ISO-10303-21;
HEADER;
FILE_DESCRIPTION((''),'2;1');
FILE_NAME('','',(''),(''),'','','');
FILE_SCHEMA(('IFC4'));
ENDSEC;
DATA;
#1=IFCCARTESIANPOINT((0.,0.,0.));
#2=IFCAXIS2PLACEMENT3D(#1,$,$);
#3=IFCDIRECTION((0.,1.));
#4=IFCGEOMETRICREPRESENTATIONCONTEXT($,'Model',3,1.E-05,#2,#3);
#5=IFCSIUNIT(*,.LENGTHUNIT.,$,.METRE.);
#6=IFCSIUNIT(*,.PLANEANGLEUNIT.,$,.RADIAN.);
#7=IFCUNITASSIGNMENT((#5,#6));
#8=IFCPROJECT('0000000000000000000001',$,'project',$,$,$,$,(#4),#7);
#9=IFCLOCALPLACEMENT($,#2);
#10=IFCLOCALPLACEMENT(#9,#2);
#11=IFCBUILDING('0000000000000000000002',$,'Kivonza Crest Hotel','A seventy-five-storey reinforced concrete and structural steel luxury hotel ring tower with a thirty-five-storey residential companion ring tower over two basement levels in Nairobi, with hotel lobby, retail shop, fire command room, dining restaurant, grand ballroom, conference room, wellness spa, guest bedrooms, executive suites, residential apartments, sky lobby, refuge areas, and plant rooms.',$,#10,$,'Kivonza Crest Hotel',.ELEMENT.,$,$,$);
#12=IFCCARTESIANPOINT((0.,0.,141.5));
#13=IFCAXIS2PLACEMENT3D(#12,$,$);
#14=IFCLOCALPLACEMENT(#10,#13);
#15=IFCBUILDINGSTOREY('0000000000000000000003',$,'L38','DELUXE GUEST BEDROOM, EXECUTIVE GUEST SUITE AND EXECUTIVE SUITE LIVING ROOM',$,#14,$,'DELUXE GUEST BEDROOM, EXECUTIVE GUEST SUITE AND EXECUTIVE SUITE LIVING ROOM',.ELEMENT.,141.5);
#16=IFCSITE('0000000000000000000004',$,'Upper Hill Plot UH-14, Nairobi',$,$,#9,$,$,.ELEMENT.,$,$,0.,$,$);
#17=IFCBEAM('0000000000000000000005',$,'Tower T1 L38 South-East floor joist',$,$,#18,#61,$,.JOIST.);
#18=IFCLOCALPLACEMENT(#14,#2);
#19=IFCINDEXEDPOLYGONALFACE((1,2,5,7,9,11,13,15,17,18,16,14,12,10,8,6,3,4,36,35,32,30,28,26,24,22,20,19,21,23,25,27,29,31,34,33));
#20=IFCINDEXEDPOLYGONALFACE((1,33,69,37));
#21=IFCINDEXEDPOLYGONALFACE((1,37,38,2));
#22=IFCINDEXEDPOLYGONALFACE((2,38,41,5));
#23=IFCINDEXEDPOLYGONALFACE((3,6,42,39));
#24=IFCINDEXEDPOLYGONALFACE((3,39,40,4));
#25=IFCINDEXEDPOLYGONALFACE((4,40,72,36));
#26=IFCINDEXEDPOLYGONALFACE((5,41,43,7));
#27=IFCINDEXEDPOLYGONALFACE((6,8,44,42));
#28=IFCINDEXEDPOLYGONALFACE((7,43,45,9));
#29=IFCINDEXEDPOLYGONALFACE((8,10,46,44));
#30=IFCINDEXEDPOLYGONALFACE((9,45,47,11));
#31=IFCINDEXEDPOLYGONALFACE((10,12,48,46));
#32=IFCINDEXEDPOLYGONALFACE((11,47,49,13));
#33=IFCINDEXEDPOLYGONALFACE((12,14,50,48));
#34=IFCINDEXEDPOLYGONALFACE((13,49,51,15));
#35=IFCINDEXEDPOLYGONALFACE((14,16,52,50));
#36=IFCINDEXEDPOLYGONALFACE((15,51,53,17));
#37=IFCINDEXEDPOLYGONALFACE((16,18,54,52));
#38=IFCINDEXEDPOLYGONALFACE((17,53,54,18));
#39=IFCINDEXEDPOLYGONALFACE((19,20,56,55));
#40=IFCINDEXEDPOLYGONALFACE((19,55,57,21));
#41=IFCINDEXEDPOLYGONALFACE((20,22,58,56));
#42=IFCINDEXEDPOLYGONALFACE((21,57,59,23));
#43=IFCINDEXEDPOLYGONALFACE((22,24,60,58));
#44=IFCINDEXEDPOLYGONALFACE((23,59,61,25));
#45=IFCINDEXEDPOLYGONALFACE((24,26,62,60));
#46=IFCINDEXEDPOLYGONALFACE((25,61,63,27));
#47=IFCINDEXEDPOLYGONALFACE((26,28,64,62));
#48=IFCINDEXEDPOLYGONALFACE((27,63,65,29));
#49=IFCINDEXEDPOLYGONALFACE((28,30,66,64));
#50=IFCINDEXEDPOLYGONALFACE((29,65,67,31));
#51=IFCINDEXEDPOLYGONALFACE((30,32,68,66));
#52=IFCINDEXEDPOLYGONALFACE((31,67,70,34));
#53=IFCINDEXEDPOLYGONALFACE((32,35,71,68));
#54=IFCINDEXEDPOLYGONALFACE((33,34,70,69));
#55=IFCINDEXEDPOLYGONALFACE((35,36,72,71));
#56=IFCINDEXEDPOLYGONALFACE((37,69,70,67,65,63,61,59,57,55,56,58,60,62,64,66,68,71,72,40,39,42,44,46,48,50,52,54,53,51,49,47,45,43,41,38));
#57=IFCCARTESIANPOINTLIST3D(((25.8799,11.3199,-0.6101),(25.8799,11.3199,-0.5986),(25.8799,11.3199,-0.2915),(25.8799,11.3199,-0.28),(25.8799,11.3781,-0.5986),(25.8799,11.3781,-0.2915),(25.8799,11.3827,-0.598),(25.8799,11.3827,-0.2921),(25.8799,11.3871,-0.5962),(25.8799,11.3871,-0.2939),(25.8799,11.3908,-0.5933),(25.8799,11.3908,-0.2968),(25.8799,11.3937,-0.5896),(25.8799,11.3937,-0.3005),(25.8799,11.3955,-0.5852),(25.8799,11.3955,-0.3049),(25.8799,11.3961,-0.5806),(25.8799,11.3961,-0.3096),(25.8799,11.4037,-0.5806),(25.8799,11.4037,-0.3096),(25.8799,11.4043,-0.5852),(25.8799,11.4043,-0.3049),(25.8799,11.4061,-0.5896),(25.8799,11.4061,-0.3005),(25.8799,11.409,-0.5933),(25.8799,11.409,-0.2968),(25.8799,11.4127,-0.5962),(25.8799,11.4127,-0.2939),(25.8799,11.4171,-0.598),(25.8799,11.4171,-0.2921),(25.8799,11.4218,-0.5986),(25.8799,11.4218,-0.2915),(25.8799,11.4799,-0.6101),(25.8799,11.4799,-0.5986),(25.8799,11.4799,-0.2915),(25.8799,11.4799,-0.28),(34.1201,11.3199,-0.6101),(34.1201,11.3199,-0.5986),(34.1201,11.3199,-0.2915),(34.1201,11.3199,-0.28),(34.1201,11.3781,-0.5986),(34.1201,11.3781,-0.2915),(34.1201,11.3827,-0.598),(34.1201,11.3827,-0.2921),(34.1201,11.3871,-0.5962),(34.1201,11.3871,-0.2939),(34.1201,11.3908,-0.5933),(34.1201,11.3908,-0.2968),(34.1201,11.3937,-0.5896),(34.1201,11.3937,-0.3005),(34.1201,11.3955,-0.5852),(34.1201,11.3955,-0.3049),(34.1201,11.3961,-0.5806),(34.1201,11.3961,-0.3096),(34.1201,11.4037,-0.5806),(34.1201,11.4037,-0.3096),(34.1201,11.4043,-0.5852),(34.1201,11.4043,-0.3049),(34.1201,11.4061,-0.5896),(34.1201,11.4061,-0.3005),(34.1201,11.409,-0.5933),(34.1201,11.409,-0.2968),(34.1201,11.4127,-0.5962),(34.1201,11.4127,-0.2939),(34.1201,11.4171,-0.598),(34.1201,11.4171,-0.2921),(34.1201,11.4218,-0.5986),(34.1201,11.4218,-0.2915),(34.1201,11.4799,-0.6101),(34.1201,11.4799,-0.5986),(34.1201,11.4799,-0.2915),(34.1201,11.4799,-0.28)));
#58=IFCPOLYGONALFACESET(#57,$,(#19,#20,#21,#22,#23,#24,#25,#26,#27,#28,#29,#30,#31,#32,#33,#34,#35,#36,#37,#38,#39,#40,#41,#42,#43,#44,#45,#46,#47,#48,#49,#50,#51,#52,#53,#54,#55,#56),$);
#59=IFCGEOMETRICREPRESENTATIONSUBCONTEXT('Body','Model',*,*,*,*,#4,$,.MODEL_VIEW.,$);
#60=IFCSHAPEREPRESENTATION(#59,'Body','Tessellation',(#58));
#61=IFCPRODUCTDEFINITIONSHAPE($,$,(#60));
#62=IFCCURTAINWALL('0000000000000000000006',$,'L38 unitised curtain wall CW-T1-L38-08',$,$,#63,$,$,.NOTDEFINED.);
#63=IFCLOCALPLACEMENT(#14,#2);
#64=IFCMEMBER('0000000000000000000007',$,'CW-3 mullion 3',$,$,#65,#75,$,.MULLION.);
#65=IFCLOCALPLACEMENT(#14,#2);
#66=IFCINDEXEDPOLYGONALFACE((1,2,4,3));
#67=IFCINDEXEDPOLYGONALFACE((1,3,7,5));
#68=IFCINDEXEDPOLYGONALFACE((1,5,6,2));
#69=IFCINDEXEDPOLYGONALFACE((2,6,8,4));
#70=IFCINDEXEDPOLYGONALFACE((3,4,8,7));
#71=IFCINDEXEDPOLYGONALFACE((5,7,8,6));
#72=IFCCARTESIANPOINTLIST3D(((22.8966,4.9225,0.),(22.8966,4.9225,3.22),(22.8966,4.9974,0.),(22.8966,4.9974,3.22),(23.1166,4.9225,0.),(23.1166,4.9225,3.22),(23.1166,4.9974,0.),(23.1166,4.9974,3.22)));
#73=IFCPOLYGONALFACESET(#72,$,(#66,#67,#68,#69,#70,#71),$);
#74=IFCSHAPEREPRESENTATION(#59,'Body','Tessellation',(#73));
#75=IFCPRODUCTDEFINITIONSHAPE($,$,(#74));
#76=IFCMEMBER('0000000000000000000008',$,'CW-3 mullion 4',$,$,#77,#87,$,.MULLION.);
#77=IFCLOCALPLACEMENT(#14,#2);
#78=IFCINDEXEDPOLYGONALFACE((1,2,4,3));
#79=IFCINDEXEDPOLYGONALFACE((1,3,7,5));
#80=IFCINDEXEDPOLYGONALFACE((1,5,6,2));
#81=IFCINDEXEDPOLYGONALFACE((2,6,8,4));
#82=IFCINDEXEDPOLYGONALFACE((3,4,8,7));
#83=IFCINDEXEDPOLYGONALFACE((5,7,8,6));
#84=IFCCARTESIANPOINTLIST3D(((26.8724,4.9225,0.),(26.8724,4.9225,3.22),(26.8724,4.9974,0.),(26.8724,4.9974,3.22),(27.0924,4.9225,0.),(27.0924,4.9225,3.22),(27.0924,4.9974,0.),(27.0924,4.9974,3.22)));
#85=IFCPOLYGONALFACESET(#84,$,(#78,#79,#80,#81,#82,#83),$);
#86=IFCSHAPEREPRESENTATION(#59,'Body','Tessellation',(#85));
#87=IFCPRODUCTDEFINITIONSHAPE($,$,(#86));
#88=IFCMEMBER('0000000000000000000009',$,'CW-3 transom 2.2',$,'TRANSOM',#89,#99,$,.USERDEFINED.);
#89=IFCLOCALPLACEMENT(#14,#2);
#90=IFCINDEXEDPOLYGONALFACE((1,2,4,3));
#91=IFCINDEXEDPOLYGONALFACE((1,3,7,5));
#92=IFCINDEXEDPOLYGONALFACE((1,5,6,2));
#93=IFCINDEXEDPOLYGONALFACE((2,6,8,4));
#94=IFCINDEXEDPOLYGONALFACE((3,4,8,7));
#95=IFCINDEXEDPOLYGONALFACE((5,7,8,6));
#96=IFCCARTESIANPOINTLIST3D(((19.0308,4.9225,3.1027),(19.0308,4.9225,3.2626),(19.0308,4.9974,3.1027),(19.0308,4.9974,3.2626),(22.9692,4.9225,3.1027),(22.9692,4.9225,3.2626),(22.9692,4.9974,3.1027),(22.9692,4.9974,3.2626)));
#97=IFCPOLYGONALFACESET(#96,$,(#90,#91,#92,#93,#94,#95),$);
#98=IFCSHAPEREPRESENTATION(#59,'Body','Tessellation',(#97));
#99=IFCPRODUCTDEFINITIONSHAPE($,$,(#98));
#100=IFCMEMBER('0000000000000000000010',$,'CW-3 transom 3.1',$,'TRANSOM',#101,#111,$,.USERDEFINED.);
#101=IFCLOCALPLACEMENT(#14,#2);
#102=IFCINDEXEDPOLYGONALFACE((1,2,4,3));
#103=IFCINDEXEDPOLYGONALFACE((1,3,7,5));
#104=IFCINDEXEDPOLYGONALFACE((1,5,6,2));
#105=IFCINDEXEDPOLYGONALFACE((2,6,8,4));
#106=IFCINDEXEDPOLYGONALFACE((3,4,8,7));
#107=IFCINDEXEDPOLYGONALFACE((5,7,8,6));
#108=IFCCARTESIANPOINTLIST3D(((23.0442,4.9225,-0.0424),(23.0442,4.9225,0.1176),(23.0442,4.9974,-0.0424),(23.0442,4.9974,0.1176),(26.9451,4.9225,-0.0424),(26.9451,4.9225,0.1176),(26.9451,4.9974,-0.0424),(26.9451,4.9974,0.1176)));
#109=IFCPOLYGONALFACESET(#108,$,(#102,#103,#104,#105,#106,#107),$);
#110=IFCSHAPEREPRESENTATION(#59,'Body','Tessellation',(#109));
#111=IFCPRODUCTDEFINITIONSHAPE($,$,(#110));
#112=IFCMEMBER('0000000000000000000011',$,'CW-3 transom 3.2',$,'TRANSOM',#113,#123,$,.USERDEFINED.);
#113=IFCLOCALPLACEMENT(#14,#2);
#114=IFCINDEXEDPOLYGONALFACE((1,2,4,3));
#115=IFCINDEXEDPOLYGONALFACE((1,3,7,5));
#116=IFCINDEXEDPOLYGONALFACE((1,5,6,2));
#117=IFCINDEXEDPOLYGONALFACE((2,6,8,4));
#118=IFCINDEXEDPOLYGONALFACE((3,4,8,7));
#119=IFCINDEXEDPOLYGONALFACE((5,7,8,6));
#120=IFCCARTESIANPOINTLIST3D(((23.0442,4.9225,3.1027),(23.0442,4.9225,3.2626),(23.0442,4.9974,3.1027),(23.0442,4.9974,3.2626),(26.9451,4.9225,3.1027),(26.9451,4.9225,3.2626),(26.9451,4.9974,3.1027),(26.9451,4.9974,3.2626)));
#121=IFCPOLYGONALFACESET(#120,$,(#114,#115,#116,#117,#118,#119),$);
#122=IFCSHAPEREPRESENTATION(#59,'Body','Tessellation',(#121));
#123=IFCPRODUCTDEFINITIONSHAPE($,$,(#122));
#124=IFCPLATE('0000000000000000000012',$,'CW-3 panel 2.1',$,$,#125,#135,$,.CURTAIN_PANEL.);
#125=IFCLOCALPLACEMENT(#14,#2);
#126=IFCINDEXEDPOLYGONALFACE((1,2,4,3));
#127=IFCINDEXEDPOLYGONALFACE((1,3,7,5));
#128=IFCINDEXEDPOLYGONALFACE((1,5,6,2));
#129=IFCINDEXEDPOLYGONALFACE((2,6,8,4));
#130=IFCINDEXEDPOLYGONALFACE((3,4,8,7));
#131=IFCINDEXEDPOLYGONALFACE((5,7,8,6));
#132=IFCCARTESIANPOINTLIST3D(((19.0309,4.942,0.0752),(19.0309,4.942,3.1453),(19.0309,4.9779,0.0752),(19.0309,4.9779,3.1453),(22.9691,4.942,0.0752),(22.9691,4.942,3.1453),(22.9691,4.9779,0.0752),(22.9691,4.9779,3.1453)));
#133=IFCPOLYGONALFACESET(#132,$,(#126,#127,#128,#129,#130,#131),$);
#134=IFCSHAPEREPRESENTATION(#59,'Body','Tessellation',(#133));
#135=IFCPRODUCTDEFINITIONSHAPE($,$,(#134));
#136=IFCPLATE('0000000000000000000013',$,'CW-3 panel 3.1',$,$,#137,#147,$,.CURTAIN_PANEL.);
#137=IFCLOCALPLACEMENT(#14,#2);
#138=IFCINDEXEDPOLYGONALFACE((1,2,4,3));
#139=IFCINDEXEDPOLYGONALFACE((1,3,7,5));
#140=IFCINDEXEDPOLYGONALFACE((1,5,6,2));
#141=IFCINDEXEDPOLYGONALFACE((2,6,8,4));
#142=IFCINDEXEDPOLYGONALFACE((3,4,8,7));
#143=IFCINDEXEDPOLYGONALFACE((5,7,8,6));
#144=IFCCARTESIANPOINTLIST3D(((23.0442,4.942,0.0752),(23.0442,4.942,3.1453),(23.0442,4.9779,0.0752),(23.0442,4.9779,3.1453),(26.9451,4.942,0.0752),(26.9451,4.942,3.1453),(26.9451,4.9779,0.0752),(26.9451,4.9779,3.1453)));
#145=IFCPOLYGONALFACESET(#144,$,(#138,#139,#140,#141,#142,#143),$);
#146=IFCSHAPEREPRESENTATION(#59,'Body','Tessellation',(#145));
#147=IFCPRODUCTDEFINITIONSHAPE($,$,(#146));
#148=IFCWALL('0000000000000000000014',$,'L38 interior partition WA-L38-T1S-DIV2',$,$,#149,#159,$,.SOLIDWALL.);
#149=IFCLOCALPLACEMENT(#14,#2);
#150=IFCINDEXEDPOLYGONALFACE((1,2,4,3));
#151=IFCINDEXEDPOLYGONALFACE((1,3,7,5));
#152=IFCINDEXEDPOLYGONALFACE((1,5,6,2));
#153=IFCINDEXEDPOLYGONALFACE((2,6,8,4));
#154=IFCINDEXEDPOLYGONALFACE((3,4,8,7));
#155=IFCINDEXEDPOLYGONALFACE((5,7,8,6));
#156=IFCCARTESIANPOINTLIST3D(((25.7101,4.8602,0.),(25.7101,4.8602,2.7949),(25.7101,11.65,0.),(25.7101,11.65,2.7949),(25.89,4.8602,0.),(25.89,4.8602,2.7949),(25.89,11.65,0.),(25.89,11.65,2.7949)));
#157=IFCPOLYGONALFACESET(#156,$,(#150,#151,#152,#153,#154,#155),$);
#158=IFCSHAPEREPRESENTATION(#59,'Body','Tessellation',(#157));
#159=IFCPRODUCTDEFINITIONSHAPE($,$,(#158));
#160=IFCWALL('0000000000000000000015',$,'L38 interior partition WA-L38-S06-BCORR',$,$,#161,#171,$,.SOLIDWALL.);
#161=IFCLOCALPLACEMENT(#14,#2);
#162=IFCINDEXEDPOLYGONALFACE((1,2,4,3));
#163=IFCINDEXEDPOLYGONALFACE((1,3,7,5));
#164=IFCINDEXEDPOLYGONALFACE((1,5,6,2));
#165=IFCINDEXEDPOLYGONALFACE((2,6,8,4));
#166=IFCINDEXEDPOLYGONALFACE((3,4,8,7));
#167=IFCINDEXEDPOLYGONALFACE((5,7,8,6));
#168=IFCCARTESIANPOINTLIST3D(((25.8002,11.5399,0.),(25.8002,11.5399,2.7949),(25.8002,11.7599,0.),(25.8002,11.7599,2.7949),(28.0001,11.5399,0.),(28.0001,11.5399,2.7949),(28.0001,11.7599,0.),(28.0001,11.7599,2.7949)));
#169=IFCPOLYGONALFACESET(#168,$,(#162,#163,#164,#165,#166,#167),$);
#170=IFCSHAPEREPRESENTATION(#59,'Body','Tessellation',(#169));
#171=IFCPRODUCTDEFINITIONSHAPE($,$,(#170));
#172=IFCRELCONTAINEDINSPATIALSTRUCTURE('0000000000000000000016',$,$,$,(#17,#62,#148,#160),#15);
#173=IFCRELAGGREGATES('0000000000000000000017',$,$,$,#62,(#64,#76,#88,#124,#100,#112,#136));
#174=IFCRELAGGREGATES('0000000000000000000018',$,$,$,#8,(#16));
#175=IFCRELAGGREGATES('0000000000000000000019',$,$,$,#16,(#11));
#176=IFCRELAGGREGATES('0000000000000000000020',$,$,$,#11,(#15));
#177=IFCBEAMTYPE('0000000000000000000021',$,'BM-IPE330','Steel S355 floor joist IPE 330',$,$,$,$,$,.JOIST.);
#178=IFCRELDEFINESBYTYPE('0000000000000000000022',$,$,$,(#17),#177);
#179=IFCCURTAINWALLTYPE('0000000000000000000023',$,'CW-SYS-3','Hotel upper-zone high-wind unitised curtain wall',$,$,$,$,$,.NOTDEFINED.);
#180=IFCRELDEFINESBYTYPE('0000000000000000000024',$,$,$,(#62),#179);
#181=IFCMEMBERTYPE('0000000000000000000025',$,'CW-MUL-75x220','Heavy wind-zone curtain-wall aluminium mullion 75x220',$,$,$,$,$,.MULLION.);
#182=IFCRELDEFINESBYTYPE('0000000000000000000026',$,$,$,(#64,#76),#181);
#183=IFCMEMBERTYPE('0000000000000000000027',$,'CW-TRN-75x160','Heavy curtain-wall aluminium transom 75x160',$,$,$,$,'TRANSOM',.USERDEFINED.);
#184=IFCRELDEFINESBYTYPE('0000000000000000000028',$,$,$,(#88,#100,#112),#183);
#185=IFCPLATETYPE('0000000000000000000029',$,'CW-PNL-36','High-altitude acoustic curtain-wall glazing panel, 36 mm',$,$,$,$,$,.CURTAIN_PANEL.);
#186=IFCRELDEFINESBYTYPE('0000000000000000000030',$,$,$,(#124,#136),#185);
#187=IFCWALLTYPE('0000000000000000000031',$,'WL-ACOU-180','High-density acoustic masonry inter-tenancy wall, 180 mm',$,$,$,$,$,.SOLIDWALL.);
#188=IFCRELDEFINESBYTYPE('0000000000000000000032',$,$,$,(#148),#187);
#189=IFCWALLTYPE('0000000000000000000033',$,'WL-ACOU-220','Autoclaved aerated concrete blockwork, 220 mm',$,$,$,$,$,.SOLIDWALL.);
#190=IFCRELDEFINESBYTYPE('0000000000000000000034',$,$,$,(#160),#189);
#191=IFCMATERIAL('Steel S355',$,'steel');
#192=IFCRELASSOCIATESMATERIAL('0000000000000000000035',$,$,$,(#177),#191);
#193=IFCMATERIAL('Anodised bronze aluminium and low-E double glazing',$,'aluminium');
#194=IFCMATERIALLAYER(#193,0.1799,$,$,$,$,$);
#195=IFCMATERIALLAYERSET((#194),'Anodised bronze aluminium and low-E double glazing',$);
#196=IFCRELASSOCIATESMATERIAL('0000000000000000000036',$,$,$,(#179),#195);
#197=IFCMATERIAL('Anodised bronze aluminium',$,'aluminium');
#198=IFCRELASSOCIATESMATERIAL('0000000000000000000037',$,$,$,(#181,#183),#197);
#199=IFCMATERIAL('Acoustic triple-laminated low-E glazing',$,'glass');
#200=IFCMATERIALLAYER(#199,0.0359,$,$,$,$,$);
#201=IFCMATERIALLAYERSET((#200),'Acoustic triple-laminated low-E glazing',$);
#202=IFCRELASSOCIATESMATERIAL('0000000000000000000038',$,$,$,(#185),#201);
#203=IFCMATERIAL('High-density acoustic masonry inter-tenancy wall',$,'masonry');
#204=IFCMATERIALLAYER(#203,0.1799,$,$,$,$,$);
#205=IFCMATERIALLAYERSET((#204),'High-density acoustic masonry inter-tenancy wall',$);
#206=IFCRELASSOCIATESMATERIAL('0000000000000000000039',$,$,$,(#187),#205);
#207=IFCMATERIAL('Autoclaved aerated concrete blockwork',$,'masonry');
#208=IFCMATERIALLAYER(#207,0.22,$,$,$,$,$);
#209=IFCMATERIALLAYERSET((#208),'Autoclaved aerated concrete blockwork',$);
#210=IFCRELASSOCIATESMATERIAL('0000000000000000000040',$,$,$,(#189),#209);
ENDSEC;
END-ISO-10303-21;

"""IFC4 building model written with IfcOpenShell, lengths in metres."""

from ifc_helpers import new_model, si_unit, direction, frame, frame_2d, origin, origin_2d, place, context, subcontext, project, spatial, rectangle, i_section, extrude, material, layer, layer_set, material_profile, profile_set, type_object, element, aggregate, save


model = new_model("IFC4")

# Units and contexts
model_context = context("Model", 3, precision=1e-05, world=origin(), true_north=direction((0.0, 1.0)))
body_context = subcontext(model_context, "Body", "Model", "MODEL_VIEW")
ifc_project = project(units=[si_unit("LENGTHUNIT", "METRE"), si_unit("PLANEANGLEUNIT", "RADIAN")], contexts=[model_context])

# Site, building, storey
site_placement = place(None, origin())
site = spatial("IfcSite", under=ifc_project, at=site_placement, Name="Upper Hill Plot UH-14, Nairobi", CompositionType="ELEMENT", RefElevation=0.0)
building_placement = place(site_placement, origin())
building = spatial("IfcBuilding", under=site, at=building_placement, Name="Kivonza Crest Hotel", Description="A seventy-five-storey reinforced concrete and structural steel luxury hotel ring tower with a thirty-five-storey residential companion ring tower over two basement levels in Nairobi, with hotel lobby, retail shop, fire command room, dining restaurant, grand ballroom, conference room, wellness spa, guest bedrooms, executive suites, residential apartments, sky lobby, refuge areas, and plant rooms.", LongName="Kivonza Crest Hotel", CompositionType="ELEMENT")
storey_placement = place(building_placement, frame((0.0, 0.0, 141.5)))
storey = spatial("IfcBuildingStorey", under=building, at=storey_placement, Name="L38", Description="DELUXE GUEST BEDROOM, EXECUTIVE GUEST SUITE AND EXECUTIVE SUITE LIVING ROOM", LongName="DELUXE GUEST BEDROOM, EXECUTIVE GUEST SUITE AND EXECUTIVE SUITE LIVING ROOM", CompositionType="ELEMENT", Elevation=141.5)

# Beam
ifc_material_1 = material(Name="Steel S355", Category="steel")
ifc_material_profile_1 = material_profile(ifc_material_1, i_section(OverallWidth=0.1599, OverallDepth=0.3301, WebThickness=0.0076, FlangeThickness=0.0115, FilletRadius=0.0181, at=origin_2d()), Name="IPE 330")
ifc_profile_set_1 = profile_set([ifc_material_profile_1], Name="Steel S355")
beam_type_1 = type_object("IfcBeamType", Name="BM-IPE330", Description="Steel S355 floor joist IPE 330", PredefinedType="JOIST", material=ifc_profile_set_1)
beam_1_placement = place(storey_placement, frame((25.8799, 11.3999, -0.4451), z_axis=(1.0, 0.0, 0.0), x_axis=(0.0, 1.0, 0.0)))
element("IfcBeam", 1, at=beam_1_placement, inside=storey, type_object=beam_type_1, Name="Tower T1 L38 South-East floor joist", PredefinedType="JOIST", context=body_context, shape_type="SweptSolid", body=[
    extrude(i_section(OverallWidth=0.1599, OverallDepth=0.3301, WebThickness=0.0076, FlangeThickness=0.0115, FilletRadius=0.0181, at=origin_2d()), origin(), (0.0, 0.0, 1.0), 8.2402),
])

# Curtain wall, members, plates
ifc_material_2 = material(Name="Anodised bronze aluminium and low-E double glazing", Category="aluminium")
ifc_layer_1 = layer(ifc_material_2, 0.1799)
ifc_layer_set_1 = layer_set([ifc_layer_1], Name="Anodised bronze aluminium and low-E double glazing")
curtain_wall_type = type_object("IfcCurtainWallType", Name="CW-SYS-3", Description="Hotel upper-zone high-wind unitised curtain wall", PredefinedType="NOTDEFINED", material=ifc_layer_set_1)
curtain_wall_placement = place(storey_placement, origin())
curtain_wall = element("IfcCurtainWall", 2, at=curtain_wall_placement, inside=storey, type_object=curtain_wall_type, Name="L38 unitised curtain wall CW-T1-L38-08", PredefinedType="NOTDEFINED")
ifc_material_3 = material(Name="Anodised bronze aluminium", Category="aluminium")
ifc_material_profile_2 = material_profile(ifc_material_3, rectangle(XDim=0.075, YDim=0.22, at=origin_2d()), Name="CW-M 75x220")
ifc_profile_set_2 = profile_set([ifc_material_profile_2], Name="Anodised bronze aluminium")
member_type_1 = type_object("IfcMemberType", Name="CW-MUL-75x220", Description="Heavy wind-zone curtain-wall aluminium mullion 75x220", PredefinedType="MULLION", material=ifc_profile_set_2)
member_1_placement = place(storey_placement, frame((23.0066, 4.96, 0.0), z_axis=(0.0, 0.0, 1.0), x_axis=(0.0, 1.0, 0.0)))
member_1 = element("IfcMember", 3, at=member_1_placement, type_object=member_type_1, Name="CW-3 mullion 3", PredefinedType="MULLION", context=body_context, shape_type="SweptSolid", body=[
    extrude(rectangle(XDim=0.075, YDim=0.22, at=origin_2d()), origin(), (0.0, 0.0, 1.0), 3.22),
])
member_2_placement = place(storey_placement, frame((26.9824, 4.96, 0.0), z_axis=(0.0, 0.0, 1.0), x_axis=(0.0, 1.0, 0.0)))
member_2 = element("IfcMember", 4, at=member_2_placement, type_object=member_type_1, Name="CW-3 mullion 4", PredefinedType="MULLION", context=body_context, shape_type="SweptSolid", body=[
    extrude(rectangle(XDim=0.075, YDim=0.22, at=origin_2d()), origin(), (0.0, 0.0, 1.0), 3.22),
])
ifc_material_profile_3 = material_profile(ifc_material_3, rectangle(XDim=0.075, YDim=0.1599, at=origin_2d()), Name="CW-T 75x160")
ifc_profile_set_3 = profile_set([ifc_material_profile_3], Name="Anodised bronze aluminium")
member_type_2 = type_object("IfcMemberType", Name="CW-TRN-75x160", Description="Heavy curtain-wall aluminium transom 75x160", ElementType="TRANSOM", PredefinedType="USERDEFINED", material=ifc_profile_set_3)
member_3_placement = place(storey_placement, frame((19.0308, 4.96, 3.1826), z_axis=(1.0, 0.0, 0.0), x_axis=(0.0, 1.0, 0.0)))
member_3 = element("IfcMember", 5, at=member_3_placement, type_object=member_type_2, Name="CW-3 transom 2.2", ObjectType="TRANSOM", PredefinedType="USERDEFINED", context=body_context, shape_type="SweptSolid", body=[
    extrude(rectangle(XDim=0.075, YDim=0.1599, at=origin_2d()), origin(), (0.0, 0.0, 1.0), 3.9385),
])
member_4_placement = place(storey_placement, frame((23.0442, 4.96, 0.0376), z_axis=(1.0, 0.0, 0.0), x_axis=(0.0, 1.0, 0.0)))
member_4 = element("IfcMember", 6, at=member_4_placement, type_object=member_type_2, Name="CW-3 transom 3.1", ObjectType="TRANSOM", PredefinedType="USERDEFINED", context=body_context, shape_type="SweptSolid", body=[
    extrude(rectangle(XDim=0.075, YDim=0.1599, at=origin_2d()), origin(), (0.0, 0.0, 1.0), 3.9009),
])
member_5_placement = place(storey_placement, frame((23.0442, 4.96, 3.1826), z_axis=(1.0, 0.0, 0.0), x_axis=(0.0, 1.0, 0.0)))
member_5 = element("IfcMember", 7, at=member_5_placement, type_object=member_type_2, Name="CW-3 transom 3.2", ObjectType="TRANSOM", PredefinedType="USERDEFINED", context=body_context, shape_type="SweptSolid", body=[
    extrude(rectangle(XDim=0.075, YDim=0.1599, at=origin_2d()), origin(), (0.0, 0.0, 1.0), 3.9009),
])
ifc_material_4 = material(Name="Acoustic triple-laminated low-E glazing", Category="glass")
ifc_layer_2 = layer(ifc_material_4, 0.0359)
ifc_layer_set_2 = layer_set([ifc_layer_2], Name="Acoustic triple-laminated low-E glazing")
plate_type = type_object("IfcPlateType", Name="CW-PNL-36", Description="High-altitude acoustic curtain-wall glazing panel, 36 mm", PredefinedType="CURTAIN_PANEL", material=ifc_layer_set_2)
plate_1_placement = place(storey_placement, frame((21.0, 4.96, 0.0752), z_axis=(0.0, 0.0, 1.0), x_axis=(1.0, 0.0, 0.0)))
plate_1 = element("IfcPlate", 8, at=plate_1_placement, type_object=plate_type, Name="CW-3 panel 2.1", PredefinedType="CURTAIN_PANEL", context=body_context, shape_type="SweptSolid", body=[
    extrude(rectangle(XDim=3.9382, YDim=0.0359, at=origin_2d()), origin(), (0.0, 0.0, 1.0), 3.0701),
])
plate_2_placement = place(storey_placement, frame((24.9946, 4.96, 0.0752), z_axis=(0.0, 0.0, 1.0), x_axis=(1.0, 0.0, 0.0)))
plate_2 = element("IfcPlate", 9, at=plate_2_placement, type_object=plate_type, Name="CW-3 panel 3.1", PredefinedType="CURTAIN_PANEL", context=body_context, shape_type="SweptSolid", body=[
    extrude(rectangle(XDim=3.9009, YDim=0.0359, at=origin_2d()), origin(), (0.0, 0.0, 1.0), 3.0701),
])
aggregate(curtain_wall, [member_1, member_2, member_3, plate_1, member_4, member_5, plate_2])

# Walls
ifc_material_5 = material(Name="High-density acoustic masonry inter-tenancy wall", Category="masonry")
ifc_layer_3 = layer(ifc_material_5, 0.1799)
ifc_layer_set_3 = layer_set([ifc_layer_3], Name="High-density acoustic masonry inter-tenancy wall")
wall_type_1 = type_object("IfcWallType", Name="WL-ACOU-180", Description="High-density acoustic masonry inter-tenancy wall, 180 mm", PredefinedType="SOLIDWALL", material=ifc_layer_set_3)
wall_1_placement = place(storey_placement, frame((25.8, 4.8601, 0.0), z_axis=(0.0, 0.0, 1.0), x_axis=(0.0, 1.0, 0.0)))
element("IfcWall", 10, at=wall_1_placement, inside=storey, type_object=wall_type_1, Name="L38 interior partition WA-L38-T1S-DIV2", PredefinedType="SOLIDWALL", context=body_context, shape_type="SweptSolid", body=[
    extrude(rectangle(XDim=6.7898, YDim=0.1799, at=frame_2d((3.395, 0.0))), origin(), (0.0, 0.0, 1.0), 2.7949),
])
ifc_material_6 = material(Name="Autoclaved aerated concrete blockwork", Category="masonry")
ifc_layer_4 = layer(ifc_material_6, 0.22)
ifc_layer_set_4 = layer_set([ifc_layer_4], Name="Autoclaved aerated concrete blockwork")
wall_type_2 = type_object("IfcWallType", Name="WL-ACOU-220", Description="Autoclaved aerated concrete blockwork, 220 mm", PredefinedType="SOLIDWALL", material=ifc_layer_set_4)
wall_2_placement = place(storey_placement, frame((25.8, 11.6499, 0.0), z_axis=(0.0, 0.0, 1.0), x_axis=(1.0, 0.0, 0.0)))
element("IfcWall", 11, at=wall_2_placement, inside=storey, type_object=wall_type_2, Name="L38 interior partition WA-L38-S06-BCORR", PredefinedType="SOLIDWALL", context=body_context, shape_type="SweptSolid", body=[
    extrude(rectangle(XDim=2.2, YDim=0.22, at=frame_2d((1.1001, 0.0))), origin(), (0.0, 0.0, 1.0), 2.7949),
])

save(model, "model.ifc")
